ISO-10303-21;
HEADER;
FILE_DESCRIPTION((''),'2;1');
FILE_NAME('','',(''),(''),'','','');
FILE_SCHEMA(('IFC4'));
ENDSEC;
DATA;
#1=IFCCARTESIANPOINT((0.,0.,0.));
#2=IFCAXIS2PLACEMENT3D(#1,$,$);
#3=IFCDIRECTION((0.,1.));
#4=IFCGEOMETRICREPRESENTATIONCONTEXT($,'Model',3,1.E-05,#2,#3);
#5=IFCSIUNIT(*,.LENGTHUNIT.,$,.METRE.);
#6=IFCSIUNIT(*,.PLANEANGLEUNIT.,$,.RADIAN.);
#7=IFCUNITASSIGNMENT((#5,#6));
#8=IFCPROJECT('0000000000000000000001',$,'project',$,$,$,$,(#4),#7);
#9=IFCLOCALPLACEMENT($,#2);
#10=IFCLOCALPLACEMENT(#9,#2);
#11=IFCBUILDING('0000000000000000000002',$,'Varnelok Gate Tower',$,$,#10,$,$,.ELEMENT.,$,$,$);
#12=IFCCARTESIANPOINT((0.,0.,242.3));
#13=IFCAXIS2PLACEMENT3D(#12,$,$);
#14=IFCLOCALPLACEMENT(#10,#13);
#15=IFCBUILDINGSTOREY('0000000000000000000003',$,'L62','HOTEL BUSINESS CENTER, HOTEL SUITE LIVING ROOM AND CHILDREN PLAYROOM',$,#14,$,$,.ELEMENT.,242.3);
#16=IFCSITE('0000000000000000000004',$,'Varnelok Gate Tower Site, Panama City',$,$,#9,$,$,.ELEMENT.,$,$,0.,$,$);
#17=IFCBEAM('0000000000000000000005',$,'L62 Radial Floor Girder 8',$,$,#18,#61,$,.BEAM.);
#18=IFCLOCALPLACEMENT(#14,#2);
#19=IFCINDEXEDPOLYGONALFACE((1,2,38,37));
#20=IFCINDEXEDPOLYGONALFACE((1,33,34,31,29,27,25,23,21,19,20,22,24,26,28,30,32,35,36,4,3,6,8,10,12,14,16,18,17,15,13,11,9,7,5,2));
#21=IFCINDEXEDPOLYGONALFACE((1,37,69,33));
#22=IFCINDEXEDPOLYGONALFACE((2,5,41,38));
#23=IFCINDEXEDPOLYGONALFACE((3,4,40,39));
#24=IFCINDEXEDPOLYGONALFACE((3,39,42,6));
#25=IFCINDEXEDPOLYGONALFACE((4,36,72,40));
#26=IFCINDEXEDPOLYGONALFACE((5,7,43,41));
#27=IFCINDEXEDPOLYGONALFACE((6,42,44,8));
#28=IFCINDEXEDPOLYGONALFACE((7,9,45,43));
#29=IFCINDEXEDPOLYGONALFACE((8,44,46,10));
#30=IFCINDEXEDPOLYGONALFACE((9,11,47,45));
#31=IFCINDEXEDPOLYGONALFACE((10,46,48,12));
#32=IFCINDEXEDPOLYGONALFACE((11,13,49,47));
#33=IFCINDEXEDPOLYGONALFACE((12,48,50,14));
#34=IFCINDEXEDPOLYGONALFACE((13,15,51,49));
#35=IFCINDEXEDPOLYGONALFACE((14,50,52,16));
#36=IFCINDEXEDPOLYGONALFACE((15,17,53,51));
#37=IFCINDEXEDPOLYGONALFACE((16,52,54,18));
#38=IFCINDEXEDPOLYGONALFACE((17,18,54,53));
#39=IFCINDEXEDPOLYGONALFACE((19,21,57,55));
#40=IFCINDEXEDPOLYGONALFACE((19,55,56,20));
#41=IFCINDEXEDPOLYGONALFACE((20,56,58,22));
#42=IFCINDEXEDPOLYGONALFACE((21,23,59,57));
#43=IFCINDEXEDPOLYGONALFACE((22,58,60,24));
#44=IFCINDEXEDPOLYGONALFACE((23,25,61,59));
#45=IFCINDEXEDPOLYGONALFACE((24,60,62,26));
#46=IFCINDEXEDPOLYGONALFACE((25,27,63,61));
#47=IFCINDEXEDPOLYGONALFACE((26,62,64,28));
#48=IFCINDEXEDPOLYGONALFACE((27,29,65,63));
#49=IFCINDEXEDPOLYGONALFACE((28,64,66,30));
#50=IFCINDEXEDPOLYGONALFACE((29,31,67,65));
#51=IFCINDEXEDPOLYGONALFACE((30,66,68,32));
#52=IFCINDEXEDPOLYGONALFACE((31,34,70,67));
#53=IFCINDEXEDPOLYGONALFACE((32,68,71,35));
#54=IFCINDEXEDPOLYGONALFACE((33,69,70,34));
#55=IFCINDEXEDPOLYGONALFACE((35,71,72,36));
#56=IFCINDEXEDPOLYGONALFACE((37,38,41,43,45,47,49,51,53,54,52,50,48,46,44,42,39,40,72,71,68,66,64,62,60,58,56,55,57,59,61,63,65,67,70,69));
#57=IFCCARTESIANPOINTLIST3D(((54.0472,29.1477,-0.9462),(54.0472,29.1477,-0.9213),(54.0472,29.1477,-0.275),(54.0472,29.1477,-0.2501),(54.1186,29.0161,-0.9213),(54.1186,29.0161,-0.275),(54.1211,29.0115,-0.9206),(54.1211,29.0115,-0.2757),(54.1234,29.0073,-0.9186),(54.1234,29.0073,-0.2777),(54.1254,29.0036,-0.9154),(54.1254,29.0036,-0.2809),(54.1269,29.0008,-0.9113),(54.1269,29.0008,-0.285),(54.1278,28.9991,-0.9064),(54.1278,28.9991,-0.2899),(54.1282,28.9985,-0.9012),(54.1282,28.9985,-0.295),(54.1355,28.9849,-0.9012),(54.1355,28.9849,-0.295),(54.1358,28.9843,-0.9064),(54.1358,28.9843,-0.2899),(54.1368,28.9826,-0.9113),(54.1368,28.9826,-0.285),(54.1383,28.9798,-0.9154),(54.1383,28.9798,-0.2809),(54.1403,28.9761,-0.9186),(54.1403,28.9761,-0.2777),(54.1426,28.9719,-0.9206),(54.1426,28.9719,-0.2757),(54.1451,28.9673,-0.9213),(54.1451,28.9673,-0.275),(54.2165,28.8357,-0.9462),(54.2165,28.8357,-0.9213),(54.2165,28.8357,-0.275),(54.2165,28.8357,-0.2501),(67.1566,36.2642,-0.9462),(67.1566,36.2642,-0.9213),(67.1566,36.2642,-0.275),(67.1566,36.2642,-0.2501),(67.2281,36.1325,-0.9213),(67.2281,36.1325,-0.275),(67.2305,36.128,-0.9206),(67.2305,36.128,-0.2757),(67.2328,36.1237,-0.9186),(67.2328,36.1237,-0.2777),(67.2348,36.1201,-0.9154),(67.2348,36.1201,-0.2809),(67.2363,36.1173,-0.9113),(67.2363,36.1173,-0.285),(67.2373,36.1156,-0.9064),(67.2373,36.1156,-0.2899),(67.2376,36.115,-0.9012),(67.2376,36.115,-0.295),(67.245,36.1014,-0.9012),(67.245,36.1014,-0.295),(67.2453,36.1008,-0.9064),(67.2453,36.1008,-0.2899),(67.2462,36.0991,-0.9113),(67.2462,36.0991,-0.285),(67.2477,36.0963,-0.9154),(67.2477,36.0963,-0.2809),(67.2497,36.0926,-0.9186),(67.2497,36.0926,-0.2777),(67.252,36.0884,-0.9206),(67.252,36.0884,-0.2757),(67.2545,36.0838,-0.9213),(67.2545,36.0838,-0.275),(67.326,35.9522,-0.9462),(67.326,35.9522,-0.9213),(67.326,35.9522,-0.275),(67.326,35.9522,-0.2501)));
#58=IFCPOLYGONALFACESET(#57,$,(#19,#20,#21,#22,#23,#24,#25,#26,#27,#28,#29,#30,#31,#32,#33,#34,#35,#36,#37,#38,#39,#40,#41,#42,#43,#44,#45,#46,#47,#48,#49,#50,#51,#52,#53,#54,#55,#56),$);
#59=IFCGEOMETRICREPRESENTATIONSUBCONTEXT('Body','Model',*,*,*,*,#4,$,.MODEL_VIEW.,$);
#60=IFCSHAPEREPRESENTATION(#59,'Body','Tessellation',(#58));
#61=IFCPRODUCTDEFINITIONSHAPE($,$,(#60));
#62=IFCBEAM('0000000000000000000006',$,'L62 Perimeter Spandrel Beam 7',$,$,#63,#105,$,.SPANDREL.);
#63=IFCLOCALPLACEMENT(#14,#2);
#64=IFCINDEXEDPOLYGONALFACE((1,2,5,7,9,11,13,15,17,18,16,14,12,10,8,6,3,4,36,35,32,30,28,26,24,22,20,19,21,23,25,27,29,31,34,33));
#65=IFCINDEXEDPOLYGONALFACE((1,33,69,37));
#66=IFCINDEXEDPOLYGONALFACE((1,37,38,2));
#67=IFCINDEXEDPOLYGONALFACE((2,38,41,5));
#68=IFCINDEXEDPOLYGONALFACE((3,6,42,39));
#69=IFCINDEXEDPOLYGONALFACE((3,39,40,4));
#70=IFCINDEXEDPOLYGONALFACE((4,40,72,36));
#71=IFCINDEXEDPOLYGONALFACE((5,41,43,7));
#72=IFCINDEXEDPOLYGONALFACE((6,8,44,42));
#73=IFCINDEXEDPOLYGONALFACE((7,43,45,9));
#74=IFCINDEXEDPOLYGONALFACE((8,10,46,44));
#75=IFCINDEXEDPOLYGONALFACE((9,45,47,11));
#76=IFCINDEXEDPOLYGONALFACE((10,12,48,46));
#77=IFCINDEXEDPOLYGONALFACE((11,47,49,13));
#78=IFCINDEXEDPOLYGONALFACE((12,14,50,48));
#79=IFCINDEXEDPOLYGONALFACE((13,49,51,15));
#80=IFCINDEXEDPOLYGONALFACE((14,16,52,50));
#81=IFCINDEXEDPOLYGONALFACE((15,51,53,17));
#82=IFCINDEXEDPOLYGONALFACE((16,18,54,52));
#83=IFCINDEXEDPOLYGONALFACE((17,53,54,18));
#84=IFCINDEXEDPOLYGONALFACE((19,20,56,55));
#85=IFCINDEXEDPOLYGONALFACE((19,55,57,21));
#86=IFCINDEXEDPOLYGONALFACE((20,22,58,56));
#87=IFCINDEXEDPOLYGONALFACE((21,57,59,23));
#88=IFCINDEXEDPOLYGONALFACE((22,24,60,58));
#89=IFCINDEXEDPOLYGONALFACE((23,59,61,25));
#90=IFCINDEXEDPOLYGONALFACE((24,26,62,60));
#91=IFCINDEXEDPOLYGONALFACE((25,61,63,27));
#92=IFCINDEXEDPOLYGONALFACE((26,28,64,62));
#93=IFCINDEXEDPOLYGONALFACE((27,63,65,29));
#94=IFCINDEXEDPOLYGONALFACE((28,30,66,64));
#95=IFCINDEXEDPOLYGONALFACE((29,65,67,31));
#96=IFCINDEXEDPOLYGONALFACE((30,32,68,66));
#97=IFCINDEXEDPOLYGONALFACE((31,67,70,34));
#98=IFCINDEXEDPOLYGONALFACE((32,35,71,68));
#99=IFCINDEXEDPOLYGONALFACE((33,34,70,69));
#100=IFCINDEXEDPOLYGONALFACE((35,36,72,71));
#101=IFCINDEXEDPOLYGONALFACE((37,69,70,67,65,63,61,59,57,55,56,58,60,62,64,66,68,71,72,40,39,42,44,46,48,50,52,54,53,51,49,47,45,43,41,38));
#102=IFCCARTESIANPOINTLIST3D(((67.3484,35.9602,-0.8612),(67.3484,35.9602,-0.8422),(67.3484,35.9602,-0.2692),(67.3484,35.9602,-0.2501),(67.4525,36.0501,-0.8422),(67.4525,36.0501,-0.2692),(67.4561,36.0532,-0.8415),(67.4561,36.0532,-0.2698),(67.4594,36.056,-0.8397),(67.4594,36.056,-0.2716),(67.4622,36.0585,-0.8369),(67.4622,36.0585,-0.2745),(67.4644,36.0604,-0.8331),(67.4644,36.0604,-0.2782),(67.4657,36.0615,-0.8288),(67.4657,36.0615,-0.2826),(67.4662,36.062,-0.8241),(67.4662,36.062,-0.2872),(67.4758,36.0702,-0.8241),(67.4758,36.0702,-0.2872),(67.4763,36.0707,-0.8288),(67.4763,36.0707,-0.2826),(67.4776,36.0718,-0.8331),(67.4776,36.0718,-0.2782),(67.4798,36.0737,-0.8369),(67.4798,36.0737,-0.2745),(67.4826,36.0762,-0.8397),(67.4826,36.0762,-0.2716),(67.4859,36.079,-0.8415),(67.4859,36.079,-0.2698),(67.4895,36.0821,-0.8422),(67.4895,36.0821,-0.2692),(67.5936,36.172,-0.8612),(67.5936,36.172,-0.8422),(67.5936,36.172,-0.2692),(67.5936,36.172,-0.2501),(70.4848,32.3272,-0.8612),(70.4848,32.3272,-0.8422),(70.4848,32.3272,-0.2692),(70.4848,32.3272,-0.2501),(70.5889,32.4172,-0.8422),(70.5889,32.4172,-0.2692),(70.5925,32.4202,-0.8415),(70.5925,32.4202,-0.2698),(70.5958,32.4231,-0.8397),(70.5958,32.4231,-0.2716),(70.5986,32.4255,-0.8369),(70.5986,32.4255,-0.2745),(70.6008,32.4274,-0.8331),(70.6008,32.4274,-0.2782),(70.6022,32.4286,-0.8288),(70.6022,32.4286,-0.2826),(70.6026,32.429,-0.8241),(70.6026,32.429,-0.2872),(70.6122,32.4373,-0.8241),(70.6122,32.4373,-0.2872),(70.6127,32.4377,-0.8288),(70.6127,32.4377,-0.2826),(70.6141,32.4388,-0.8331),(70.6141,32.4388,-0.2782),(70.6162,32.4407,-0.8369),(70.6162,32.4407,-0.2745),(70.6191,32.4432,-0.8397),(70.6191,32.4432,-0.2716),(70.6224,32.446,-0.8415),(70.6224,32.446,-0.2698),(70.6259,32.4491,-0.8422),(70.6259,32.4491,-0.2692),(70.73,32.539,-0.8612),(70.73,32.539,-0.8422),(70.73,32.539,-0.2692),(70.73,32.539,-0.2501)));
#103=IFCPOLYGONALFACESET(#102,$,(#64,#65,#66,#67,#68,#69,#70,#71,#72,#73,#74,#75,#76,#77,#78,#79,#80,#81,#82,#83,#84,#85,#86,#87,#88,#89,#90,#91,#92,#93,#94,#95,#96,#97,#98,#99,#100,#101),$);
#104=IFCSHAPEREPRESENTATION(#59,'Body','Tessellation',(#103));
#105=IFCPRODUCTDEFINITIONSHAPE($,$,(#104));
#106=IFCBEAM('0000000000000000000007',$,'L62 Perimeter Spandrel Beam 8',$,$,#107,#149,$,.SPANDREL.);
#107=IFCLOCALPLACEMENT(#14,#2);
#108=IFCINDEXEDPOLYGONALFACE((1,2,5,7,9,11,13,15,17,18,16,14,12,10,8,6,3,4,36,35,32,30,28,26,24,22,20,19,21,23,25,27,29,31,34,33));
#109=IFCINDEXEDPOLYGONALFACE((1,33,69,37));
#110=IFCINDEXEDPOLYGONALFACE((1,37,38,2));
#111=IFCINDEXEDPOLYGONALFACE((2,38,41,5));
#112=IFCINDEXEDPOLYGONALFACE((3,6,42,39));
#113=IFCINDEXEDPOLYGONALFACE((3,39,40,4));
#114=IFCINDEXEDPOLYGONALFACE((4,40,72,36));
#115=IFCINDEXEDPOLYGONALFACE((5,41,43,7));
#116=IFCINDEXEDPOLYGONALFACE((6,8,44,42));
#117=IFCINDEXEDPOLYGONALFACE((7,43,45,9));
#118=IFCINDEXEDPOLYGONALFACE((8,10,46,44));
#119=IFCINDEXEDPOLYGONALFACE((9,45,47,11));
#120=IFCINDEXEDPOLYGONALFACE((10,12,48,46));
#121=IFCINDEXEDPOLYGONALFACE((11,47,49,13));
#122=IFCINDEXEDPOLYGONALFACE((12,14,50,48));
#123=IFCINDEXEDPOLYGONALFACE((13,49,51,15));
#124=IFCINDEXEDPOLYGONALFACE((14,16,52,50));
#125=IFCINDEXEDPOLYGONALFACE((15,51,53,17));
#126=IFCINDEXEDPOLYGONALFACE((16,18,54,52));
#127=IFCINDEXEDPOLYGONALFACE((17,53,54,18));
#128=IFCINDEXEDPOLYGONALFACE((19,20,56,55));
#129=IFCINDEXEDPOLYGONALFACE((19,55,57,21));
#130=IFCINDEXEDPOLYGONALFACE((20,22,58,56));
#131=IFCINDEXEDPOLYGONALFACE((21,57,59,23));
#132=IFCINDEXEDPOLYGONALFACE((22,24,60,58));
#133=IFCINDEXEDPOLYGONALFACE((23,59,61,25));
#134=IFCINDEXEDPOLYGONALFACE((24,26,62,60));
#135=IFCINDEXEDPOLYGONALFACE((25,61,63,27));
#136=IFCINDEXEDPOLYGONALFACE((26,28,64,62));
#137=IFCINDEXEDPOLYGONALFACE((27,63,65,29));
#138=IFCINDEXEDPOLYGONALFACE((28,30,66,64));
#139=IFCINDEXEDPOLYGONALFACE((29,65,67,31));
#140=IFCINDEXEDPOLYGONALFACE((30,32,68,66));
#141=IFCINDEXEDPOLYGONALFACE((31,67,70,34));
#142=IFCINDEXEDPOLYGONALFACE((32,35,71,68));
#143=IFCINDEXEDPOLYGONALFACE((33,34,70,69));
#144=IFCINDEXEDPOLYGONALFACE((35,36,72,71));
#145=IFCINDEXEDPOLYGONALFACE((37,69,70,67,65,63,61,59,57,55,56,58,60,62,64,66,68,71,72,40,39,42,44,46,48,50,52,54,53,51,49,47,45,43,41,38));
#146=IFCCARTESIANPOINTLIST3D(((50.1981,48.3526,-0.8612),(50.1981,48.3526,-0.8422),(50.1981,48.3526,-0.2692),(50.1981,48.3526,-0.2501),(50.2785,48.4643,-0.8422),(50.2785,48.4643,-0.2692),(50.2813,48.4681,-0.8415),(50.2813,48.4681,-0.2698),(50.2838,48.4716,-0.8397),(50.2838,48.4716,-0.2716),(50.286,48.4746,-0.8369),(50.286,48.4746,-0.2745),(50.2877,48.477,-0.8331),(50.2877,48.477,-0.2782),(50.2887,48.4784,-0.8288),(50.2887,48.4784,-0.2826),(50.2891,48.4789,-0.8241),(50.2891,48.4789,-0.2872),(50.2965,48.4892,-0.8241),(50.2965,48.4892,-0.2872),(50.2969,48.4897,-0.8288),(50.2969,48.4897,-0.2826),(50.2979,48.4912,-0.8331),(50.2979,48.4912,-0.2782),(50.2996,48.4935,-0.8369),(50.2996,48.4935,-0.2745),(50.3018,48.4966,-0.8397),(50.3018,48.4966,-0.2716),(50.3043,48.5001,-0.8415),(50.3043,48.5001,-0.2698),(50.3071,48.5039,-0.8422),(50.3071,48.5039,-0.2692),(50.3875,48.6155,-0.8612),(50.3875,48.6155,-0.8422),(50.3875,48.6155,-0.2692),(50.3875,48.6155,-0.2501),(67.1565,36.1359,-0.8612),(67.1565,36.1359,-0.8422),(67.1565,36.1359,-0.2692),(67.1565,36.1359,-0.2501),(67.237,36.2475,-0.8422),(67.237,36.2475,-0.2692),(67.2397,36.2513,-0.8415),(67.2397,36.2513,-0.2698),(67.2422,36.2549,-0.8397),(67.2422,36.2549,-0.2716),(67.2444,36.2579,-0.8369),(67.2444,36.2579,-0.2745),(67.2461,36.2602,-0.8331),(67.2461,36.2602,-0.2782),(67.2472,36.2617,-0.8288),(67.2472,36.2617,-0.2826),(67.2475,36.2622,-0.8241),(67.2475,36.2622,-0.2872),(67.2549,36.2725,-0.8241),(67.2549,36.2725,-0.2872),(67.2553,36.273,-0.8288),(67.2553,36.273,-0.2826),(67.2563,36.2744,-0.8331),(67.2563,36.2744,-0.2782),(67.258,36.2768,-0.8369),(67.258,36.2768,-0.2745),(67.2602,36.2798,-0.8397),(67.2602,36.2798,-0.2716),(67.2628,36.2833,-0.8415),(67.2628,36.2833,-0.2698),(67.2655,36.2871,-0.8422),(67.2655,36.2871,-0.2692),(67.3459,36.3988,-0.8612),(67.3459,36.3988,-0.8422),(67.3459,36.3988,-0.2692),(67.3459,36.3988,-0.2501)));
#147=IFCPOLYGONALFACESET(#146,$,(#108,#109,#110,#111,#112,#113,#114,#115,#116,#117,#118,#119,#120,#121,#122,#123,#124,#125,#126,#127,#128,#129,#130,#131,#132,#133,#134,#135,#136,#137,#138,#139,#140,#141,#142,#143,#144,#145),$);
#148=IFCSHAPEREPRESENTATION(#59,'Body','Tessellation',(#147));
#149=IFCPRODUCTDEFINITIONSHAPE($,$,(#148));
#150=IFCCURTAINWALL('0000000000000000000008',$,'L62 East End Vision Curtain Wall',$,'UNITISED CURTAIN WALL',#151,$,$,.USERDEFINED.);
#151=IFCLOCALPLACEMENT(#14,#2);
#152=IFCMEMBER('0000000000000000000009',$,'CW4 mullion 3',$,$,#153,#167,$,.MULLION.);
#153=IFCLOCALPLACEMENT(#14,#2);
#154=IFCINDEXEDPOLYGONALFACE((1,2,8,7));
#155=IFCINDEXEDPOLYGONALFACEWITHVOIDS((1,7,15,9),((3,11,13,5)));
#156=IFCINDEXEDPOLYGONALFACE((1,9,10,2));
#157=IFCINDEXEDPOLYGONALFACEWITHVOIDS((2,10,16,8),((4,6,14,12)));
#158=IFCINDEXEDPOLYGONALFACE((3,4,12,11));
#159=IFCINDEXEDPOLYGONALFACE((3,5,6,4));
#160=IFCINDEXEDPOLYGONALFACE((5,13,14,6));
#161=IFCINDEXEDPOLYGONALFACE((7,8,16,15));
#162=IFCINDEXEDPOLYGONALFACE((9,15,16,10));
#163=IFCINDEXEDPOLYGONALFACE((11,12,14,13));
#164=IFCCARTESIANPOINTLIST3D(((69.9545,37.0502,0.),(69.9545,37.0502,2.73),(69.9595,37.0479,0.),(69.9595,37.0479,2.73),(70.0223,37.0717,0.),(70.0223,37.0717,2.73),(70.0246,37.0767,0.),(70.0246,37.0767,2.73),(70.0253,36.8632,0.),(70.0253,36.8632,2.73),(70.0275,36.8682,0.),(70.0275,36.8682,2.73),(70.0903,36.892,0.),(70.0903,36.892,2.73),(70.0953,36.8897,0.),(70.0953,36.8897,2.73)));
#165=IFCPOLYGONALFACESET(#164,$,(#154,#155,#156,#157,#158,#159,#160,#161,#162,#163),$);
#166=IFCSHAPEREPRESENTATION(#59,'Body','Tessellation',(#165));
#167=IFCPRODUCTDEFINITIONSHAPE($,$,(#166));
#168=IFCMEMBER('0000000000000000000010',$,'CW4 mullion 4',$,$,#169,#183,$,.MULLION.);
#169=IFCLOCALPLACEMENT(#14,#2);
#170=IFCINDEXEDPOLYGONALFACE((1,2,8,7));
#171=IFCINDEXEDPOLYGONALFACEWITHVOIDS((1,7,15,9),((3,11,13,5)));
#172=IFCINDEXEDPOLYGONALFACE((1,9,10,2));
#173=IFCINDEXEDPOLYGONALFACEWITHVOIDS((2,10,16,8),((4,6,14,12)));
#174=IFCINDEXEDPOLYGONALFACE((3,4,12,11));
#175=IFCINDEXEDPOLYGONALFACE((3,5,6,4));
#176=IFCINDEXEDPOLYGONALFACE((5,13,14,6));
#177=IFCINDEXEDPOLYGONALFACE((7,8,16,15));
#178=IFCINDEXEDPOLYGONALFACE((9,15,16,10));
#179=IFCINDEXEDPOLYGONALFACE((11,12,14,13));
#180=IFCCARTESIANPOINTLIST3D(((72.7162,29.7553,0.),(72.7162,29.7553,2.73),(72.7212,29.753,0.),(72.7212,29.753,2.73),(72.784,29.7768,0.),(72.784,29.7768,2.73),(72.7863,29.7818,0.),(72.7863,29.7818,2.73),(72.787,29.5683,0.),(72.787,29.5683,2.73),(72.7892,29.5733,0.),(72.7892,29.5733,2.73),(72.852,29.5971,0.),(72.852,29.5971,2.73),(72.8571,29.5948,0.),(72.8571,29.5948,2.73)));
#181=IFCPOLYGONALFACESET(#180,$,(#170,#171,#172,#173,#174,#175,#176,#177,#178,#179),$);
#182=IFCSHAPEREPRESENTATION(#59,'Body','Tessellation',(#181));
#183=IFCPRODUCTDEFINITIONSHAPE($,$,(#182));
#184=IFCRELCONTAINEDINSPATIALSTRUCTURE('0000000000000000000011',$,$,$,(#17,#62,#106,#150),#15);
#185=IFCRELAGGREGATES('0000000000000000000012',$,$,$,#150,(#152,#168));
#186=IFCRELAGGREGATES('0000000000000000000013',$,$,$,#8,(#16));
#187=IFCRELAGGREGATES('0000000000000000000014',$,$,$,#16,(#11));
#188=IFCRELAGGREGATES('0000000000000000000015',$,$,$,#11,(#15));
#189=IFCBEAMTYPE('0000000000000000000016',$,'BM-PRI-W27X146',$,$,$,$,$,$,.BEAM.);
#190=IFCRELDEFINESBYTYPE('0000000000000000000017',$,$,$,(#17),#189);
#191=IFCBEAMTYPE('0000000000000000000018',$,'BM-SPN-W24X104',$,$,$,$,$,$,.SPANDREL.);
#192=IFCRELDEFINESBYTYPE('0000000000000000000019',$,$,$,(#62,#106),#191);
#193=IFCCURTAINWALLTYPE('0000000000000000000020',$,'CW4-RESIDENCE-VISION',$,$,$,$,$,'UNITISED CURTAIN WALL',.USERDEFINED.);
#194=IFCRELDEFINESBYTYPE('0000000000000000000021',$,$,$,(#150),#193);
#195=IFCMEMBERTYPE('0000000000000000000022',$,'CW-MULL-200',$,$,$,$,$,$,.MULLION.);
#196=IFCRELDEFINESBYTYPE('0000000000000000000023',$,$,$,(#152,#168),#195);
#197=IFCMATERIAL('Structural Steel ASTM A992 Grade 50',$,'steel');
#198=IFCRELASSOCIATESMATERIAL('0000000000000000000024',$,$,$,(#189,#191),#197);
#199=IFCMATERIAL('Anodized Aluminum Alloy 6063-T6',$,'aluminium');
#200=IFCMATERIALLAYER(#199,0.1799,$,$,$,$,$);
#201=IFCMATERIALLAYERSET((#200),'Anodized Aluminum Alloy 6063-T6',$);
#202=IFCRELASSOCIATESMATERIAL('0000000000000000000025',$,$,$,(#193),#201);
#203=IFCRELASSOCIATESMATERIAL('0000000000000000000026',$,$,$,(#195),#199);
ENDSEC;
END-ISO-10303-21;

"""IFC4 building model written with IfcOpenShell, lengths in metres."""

from ifc_helpers import new_model, si_unit, direction, frame, origin, origin_2d, place, context, subcontext, project, spatial, hollow_rectangle, i_section, extrude, material, layer, layer_set, material_profile, profile_set, type_object, element, aggregate, save


model = new_model("IFC4")

# Units and contexts
model_context = context("Model", 3, precision=1e-05, world=origin(), true_north=direction((0.0, 1.0)))
body_context = subcontext(model_context, "Body", "Model", "MODEL_VIEW")
ifc_project = project(units=[si_unit("LENGTHUNIT", "METRE"), si_unit("PLANEANGLEUNIT", "RADIAN")], contexts=[model_context])

# Site, building, storey
site_placement = place(None, origin())
site = spatial("IfcSite", under=ifc_project, at=site_placement, Name="Varnelok Gate Tower Site, Panama City", CompositionType="ELEMENT", RefElevation=0.0)
building_placement = place(site_placement, origin())
building = spatial("IfcBuilding", under=site, at=building_placement, Name="Varnelok Gate Tower", CompositionType="ELEMENT")
storey_placement = place(building_placement, frame((0.0, 0.0, 242.3)))
storey = spatial("IfcBuildingStorey", under=building, at=storey_placement, Name="L62", Description="HOTEL BUSINESS CENTER, HOTEL SUITE LIVING ROOM AND CHILDREN PLAYROOM", CompositionType="ELEMENT", Elevation=242.3)

# Shared definitions
ifc_material_1 = material(Name="Structural Steel ASTM A992 Grade 50", Category="steel")

# Beams
ifc_material_profile_1 = material_profile(ifc_material_1, i_section(OverallWidth=0.355, OverallDepth=0.696, WebThickness=0.0154, FlangeThickness=0.0249, FilletRadius=0.02, at=origin_2d()), Name="W27X146")
ifc_profile_set_1 = profile_set([ifc_material_profile_1], Name="Structural Steel ASTM A992 Grade 50")
beam_type_1 = type_object("IfcBeamType", Name="BM-PRI-W27X146", PredefinedType="BEAM", material=ifc_profile_set_1)
beam_1_placement = place(storey_placement, frame((54.1318, 28.9917, -0.5981), z_axis=(0.878855, 0.477089, 0.0), x_axis=(-0.477089, 0.878855, 0.0)))
element("IfcBeam", 1, at=beam_1_placement, inside=storey, type_object=beam_type_1, Name="L62 Radial Floor Girder 8", PredefinedType="BEAM", context=body_context, shape_type="SweptSolid", body=[
    extrude(i_section(OverallWidth=0.355, OverallDepth=0.696, WebThickness=0.0154, FlangeThickness=0.0249, FilletRadius=0.02, at=origin_2d()), origin(), (0.0, 0.0, 1.0), 14.9165),
])
ifc_material_profile_2 = material_profile(ifc_material_1, i_section(OverallWidth=0.324, OverallDepth=0.6111, WebThickness=0.0127, FlangeThickness=0.019, FilletRadius=0.0181, at=origin_2d()), Name="W24X104")
ifc_profile_set_2 = profile_set([ifc_material_profile_2], Name="Structural Steel ASTM A992 Grade 50")
beam_type_2 = type_object("IfcBeamType", Name="BM-SPN-W24X104", PredefinedType="SPANDREL", material=ifc_profile_set_2)
beam_2_placement = place(storey_placement, frame((70.6074, 32.4331, -0.5557), z_axis=(-0.653481, 0.756943, 0.0), x_axis=(-0.756943, -0.653481, 0.0)))
element("IfcBeam", 2, at=beam_2_placement, inside=storey, type_object=beam_type_2, Name="L62 Perimeter Spandrel Beam 7", PredefinedType="SPANDREL", context=body_context, shape_type="SweptSolid", body=[
    extrude(i_section(OverallWidth=0.324, OverallDepth=0.6111, WebThickness=0.0127, FlangeThickness=0.019, FilletRadius=0.0181, at=origin_2d()), origin(), (0.0, 0.0, 1.0), 4.7996),
])
beam_3_placement = place(storey_placement, frame((67.2512, 36.2673, -0.5557), z_axis=(-0.811383, 0.584515, 0.0), x_axis=(-0.584515, -0.811383, 0.0)))
element("IfcBeam", 3, at=beam_3_placement, inside=storey, type_object=beam_type_2, Name="L62 Perimeter Spandrel Beam 8", PredefinedType="SPANDREL", context=body_context, shape_type="SweptSolid", body=[
    extrude(i_section(OverallWidth=0.324, OverallDepth=0.6111, WebThickness=0.0127, FlangeThickness=0.019, FilletRadius=0.0181, at=origin_2d()), origin(), (0.0, 0.0, 1.0), 20.9006),
])

# Curtain wall, members
ifc_material_2 = material(Name="Anodized Aluminum Alloy 6063-T6", Category="aluminium")
ifc_layer_1 = layer(ifc_material_2, 0.1799)
ifc_layer_set_1 = layer_set([ifc_layer_1], Name="Anodized Aluminum Alloy 6063-T6")
curtain_wall_type = type_object("IfcCurtainWallType", Name="CW4-RESIDENCE-VISION", ElementType="UNITISED CURTAIN WALL", PredefinedType="USERDEFINED", material=ifc_layer_set_1)
curtain_wall_placement = place(storey_placement, origin())
curtain_wall = element("IfcCurtainWall", 4, at=curtain_wall_placement, inside=storey, type_object=curtain_wall_type, Name="L62 East End Vision Curtain Wall", ObjectType="UNITISED CURTAIN WALL", PredefinedType="USERDEFINED")
ifc_material_profile_3 = material_profile(ifc_material_2, hollow_rectangle(XDim=0.075, YDim=0.2, WallThickness=0.0039, at=origin_2d()), Name="ALU200X75X4")
ifc_profile_set_3 = profile_set([ifc_material_profile_3], Name="Anodized Aluminum Alloy 6063-T6")
member_type_1 = type_object("IfcMemberType", Name="CW-MULL-200", PredefinedType="MULLION", material=ifc_profile_set_3)
member_1_placement = place(storey_placement, frame((70.0249, 36.97, 0.0), z_axis=(0.0, 0.0, 1.0), x_axis=(0.935222, 0.354063, 0.0)))
member_1 = element("IfcMember", 5, at=member_1_placement, type_object=member_type_1, Name="CW4 mullion 3", PredefinedType="MULLION", context=body_context, shape_type="SweptSolid", body=[
    extrude(hollow_rectangle(XDim=0.075, YDim=0.2, WallThickness=0.0039, at=origin_2d()), origin(), (0.0, 0.0, 1.0), 2.73),
])
member_2_placement = place(storey_placement, frame((72.7866, 29.675, 0.0), z_axis=(0.0, 0.0, 1.0), x_axis=(0.935222, 0.354063, 0.0)))
member_2 = element("IfcMember", 6, at=member_2_placement, type_object=member_type_1, Name="CW4 mullion 4", PredefinedType="MULLION", context=body_context, shape_type="SweptSolid", body=[
    extrude(hollow_rectangle(XDim=0.075, YDim=0.2, WallThickness=0.0039, at=origin_2d()), origin(), (0.0, 0.0, 1.0), 2.73),
])
aggregate(curtain_wall, [member_1, member_2])

save(model, "model.ifc")
